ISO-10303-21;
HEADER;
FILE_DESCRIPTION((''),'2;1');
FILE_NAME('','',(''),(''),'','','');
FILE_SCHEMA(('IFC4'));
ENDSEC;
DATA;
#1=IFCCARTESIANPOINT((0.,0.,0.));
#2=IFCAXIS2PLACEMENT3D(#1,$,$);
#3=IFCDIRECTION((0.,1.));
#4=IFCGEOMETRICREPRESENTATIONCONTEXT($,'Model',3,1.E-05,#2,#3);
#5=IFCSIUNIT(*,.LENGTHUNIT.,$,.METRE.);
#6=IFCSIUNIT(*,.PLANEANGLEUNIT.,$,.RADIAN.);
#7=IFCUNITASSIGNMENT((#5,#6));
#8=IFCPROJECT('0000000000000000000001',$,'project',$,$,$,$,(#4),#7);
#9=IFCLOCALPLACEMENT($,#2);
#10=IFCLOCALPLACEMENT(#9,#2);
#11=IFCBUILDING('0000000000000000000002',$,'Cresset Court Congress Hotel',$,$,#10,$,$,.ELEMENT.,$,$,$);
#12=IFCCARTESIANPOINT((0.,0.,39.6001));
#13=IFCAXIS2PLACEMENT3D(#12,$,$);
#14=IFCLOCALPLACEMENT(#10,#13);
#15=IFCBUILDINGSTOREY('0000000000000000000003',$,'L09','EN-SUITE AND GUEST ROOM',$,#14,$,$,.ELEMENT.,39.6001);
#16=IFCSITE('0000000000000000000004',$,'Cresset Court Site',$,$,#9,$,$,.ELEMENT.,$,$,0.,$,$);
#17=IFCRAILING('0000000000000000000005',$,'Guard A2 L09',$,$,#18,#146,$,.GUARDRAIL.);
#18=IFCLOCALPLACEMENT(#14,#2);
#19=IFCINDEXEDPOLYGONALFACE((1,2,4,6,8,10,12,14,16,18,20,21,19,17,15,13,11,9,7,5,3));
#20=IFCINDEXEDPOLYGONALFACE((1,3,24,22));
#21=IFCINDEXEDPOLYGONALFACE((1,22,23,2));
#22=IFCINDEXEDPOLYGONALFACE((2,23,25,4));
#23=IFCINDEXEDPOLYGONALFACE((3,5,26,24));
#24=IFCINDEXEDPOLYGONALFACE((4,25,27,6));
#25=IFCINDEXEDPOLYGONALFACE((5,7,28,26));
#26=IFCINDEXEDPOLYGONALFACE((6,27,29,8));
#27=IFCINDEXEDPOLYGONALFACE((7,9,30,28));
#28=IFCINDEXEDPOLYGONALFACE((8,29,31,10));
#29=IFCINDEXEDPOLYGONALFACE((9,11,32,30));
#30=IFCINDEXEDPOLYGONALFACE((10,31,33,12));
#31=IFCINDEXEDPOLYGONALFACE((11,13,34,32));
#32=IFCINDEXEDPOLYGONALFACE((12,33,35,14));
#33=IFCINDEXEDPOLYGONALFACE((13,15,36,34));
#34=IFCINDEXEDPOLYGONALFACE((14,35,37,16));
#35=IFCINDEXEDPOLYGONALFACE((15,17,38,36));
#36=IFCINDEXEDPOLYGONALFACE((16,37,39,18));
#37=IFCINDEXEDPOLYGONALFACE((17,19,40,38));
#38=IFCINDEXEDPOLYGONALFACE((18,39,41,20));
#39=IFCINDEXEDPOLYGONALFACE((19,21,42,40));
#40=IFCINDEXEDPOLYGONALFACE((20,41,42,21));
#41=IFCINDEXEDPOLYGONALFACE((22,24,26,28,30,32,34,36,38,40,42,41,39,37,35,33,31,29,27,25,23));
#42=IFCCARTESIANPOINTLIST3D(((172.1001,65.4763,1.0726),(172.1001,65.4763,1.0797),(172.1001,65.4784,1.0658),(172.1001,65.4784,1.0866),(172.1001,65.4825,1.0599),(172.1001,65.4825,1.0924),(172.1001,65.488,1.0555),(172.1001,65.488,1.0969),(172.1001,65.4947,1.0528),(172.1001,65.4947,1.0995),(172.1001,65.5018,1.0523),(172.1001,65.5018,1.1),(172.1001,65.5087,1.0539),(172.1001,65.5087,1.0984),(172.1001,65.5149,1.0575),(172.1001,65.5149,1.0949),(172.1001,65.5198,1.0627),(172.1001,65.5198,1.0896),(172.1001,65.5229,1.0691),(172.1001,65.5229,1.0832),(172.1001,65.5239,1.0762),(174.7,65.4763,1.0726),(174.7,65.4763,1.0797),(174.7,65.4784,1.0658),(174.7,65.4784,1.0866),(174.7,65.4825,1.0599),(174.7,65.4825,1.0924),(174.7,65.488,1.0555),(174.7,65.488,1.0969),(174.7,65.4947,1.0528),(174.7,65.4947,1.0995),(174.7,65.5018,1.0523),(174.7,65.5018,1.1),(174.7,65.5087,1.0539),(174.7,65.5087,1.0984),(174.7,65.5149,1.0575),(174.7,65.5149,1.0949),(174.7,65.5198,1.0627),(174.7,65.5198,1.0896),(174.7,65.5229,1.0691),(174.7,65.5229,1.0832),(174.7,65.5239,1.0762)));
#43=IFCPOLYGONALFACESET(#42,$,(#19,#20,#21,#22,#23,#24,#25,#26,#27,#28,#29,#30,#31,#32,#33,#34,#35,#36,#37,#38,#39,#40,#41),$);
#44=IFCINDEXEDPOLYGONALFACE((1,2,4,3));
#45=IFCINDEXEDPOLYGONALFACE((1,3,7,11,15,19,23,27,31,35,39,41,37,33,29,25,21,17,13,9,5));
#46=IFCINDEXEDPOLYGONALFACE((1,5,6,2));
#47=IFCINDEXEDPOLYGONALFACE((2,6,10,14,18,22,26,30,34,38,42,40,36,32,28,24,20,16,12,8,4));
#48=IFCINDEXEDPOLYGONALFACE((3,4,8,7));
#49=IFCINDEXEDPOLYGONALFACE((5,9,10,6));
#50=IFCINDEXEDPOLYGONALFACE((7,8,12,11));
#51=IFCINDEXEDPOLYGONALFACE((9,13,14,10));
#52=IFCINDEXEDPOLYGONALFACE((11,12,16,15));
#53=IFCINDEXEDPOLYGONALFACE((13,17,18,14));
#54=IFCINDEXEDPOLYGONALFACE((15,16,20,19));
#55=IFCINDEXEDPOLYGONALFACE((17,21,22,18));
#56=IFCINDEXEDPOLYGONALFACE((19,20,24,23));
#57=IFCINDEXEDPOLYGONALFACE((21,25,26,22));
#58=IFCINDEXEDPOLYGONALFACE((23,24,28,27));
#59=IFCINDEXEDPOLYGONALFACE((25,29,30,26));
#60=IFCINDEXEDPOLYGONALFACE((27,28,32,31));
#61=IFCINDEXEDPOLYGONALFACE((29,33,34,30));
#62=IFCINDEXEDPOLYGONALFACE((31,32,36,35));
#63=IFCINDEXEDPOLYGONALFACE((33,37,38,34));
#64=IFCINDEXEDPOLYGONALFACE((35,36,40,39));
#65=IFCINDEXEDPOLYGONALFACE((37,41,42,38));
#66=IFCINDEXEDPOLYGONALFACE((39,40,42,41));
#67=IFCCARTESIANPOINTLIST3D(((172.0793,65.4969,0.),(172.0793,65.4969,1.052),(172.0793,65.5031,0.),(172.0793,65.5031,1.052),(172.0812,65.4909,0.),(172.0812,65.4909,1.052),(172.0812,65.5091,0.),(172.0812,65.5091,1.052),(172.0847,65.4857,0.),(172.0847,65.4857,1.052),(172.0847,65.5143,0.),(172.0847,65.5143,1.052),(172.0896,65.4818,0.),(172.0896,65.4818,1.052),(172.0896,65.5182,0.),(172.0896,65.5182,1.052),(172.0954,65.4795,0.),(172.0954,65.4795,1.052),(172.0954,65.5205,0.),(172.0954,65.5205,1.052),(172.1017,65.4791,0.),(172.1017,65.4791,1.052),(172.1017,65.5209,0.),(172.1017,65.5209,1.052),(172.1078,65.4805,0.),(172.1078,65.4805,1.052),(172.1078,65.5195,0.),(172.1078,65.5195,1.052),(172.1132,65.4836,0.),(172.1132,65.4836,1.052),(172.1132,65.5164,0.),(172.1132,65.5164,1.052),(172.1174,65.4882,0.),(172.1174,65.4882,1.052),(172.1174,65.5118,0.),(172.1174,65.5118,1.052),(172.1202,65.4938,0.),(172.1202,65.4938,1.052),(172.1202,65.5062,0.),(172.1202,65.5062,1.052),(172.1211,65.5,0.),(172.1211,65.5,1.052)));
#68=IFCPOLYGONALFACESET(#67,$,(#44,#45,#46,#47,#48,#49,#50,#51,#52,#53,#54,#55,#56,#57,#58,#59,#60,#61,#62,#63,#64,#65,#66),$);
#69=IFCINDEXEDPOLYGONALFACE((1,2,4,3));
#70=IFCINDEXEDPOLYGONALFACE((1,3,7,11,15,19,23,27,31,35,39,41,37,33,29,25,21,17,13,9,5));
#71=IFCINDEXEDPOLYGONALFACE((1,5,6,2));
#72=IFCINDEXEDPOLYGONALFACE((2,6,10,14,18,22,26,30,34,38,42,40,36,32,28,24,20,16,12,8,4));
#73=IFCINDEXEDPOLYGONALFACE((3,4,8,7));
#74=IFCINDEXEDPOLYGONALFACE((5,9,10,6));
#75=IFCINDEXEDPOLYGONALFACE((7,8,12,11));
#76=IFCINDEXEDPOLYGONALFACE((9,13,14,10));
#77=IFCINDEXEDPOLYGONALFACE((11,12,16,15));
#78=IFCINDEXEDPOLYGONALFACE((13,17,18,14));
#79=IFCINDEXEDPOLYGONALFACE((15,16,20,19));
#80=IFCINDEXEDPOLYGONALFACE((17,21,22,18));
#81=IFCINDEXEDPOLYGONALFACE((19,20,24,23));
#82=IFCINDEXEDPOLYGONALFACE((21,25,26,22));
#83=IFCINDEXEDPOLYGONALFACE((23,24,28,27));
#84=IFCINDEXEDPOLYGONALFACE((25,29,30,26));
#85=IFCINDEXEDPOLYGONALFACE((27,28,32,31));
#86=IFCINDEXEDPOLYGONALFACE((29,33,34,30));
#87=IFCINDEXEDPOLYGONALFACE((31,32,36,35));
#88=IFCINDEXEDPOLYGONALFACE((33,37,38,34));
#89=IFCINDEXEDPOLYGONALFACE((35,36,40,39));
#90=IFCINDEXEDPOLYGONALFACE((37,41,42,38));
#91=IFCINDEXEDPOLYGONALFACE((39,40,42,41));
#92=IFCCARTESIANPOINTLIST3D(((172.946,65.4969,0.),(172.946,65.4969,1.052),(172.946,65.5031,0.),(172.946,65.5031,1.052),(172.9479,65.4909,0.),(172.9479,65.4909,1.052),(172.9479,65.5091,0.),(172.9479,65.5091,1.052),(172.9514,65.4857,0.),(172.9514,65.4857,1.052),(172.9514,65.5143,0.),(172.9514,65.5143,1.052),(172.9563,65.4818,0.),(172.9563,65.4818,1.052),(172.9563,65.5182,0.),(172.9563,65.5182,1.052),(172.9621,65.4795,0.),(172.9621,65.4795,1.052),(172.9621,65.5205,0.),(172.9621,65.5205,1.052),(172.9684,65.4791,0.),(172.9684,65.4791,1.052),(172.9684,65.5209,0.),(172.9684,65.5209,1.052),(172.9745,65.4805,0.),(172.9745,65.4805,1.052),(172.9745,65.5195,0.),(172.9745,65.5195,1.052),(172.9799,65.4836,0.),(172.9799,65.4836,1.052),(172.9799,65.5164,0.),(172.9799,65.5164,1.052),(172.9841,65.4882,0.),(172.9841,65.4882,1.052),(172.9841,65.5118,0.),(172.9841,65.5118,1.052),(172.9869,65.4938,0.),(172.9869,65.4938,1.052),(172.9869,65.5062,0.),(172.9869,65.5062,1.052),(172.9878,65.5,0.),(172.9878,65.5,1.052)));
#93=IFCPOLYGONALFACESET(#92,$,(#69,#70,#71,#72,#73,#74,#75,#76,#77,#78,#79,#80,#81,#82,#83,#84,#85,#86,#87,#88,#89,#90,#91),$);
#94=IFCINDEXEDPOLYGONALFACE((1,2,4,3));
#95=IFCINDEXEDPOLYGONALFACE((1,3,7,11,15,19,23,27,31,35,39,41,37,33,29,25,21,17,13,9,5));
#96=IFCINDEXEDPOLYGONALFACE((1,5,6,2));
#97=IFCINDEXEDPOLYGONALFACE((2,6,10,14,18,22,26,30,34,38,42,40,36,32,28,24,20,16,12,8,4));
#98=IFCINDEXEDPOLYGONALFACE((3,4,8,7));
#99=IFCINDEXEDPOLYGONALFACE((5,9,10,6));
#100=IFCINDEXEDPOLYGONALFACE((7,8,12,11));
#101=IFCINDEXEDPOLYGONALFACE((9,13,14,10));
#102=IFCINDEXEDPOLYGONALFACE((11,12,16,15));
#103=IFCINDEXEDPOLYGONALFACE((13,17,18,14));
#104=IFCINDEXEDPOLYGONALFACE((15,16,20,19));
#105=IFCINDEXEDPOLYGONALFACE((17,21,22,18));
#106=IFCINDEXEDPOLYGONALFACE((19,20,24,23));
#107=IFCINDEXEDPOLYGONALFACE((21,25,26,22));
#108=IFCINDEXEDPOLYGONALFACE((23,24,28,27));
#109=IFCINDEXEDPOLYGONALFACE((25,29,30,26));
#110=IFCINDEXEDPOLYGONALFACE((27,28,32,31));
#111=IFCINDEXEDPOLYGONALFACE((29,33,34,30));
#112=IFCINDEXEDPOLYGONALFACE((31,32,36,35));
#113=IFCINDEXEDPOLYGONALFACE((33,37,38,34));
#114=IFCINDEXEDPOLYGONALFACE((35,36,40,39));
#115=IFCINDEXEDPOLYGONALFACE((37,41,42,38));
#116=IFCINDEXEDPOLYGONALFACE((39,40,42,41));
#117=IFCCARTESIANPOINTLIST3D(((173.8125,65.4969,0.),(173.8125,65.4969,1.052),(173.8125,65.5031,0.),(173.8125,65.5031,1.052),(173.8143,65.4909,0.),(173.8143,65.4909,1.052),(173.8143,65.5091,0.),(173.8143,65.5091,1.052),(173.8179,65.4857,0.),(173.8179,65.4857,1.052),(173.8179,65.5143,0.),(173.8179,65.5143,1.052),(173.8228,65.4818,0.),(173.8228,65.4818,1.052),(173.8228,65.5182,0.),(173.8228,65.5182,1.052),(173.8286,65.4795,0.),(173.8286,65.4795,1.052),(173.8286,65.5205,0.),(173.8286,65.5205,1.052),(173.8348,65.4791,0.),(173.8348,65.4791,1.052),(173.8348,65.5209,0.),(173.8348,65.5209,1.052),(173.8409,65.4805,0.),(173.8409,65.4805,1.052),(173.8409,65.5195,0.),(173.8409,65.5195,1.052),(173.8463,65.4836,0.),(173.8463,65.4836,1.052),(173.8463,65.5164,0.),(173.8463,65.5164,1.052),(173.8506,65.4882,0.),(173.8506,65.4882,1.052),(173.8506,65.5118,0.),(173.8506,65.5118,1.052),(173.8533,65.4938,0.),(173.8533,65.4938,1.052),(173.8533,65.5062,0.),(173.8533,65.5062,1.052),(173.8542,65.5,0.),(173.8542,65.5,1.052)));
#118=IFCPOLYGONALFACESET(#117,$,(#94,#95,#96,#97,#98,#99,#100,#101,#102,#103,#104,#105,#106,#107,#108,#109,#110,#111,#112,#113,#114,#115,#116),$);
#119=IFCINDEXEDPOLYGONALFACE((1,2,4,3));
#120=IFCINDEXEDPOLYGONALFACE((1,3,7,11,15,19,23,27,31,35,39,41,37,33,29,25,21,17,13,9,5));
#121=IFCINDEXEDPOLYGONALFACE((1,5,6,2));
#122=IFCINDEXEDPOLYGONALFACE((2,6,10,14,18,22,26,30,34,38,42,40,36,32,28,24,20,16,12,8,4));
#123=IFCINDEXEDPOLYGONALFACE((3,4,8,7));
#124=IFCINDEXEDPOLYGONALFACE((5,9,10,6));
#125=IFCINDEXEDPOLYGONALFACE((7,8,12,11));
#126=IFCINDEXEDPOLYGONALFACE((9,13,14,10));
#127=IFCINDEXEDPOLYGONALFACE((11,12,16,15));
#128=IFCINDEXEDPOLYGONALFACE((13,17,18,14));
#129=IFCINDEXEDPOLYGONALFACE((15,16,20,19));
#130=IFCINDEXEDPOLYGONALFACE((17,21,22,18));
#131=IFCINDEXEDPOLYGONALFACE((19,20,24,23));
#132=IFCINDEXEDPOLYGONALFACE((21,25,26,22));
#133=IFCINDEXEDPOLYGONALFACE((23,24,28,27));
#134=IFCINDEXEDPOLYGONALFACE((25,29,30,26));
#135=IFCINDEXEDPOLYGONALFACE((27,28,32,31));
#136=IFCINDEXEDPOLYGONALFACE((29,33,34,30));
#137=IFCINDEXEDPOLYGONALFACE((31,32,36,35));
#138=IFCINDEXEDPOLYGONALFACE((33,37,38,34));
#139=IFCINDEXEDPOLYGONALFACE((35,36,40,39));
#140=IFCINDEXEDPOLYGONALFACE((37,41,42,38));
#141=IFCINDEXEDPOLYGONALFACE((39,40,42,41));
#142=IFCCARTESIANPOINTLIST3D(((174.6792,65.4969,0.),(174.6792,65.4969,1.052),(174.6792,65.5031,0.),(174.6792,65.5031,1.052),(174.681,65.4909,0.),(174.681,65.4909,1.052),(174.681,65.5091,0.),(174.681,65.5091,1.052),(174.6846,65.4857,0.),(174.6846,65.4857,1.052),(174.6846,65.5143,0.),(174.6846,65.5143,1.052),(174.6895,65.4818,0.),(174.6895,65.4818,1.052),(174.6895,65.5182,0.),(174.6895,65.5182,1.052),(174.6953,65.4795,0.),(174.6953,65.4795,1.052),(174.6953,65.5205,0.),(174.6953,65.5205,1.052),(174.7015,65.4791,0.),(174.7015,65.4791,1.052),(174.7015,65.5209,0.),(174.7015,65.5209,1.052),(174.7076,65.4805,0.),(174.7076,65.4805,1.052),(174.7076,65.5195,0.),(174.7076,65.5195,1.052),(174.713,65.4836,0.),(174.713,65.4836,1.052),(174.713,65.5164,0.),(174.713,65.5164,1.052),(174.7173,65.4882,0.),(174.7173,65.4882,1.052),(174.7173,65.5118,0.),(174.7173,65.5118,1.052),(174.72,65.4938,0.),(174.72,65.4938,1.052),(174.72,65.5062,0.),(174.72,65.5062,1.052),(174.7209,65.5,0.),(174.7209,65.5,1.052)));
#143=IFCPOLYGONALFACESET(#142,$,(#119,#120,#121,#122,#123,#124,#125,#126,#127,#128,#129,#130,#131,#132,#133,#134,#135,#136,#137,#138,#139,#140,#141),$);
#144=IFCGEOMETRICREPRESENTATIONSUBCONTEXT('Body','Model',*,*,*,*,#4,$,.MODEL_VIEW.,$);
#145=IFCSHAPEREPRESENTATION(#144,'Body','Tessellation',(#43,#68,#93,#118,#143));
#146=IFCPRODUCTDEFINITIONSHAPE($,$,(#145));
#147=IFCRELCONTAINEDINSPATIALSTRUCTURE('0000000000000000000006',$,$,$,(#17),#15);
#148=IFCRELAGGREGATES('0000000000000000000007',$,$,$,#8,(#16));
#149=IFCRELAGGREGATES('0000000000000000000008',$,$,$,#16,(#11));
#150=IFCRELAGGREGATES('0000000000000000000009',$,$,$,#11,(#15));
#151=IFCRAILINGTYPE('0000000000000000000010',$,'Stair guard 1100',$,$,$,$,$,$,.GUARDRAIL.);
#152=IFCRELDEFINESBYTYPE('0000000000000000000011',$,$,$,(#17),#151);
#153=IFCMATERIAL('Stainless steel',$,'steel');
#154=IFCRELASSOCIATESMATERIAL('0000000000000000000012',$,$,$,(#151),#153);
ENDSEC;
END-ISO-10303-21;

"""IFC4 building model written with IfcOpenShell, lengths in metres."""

from ifc_helpers import new_model, si_unit, direction, frame, origin, origin_2d, place, context, subcontext, project, spatial, circle, extrude, material, type_object, element, save


model = new_model("IFC4")

# Units and contexts
model_context = context("Model", 3, precision=1e-05, world=origin(), true_north=direction((0.0, 1.0)))
body_context = subcontext(model_context, "Body", "Model", "MODEL_VIEW")
ifc_project = project(units=[si_unit("LENGTHUNIT", "METRE"), si_unit("PLANEANGLEUNIT", "RADIAN")], contexts=[model_context])

# Site, building, storey
site_placement = place(None, origin())
site = spatial("IfcSite", under=ifc_project, at=site_placement, Name="Cresset Court Site", CompositionType="ELEMENT", RefElevation=0.0)
building_placement = place(site_placement, origin())
building = spatial("IfcBuilding", under=site, at=building_placement, Name="Cresset Court Congress Hotel", CompositionType="ELEMENT")
storey_placement = place(building_placement, frame((0.0, 0.0, 39.6001)))
storey = spatial("IfcBuildingStorey", under=building, at=storey_placement, Name="L09", Description="EN-SUITE AND GUEST ROOM", CompositionType="ELEMENT", Elevation=39.6001)

# Railing
ifc_material_1 = material(Name="Stainless steel", Category="steel")
railing_type_1 = type_object("IfcRailingType", Name="Stair guard 1100", PredefinedType="GUARDRAIL", material=ifc_material_1)
for number, where, name in (
    (1, (172.1001, 65.5, 0.0), "Guard A2 L09"),
):
    element("IfcRailing", number, at=place(storey_placement, frame(where)), inside=storey, type_object=railing_type_1, Name=name, PredefinedType="GUARDRAIL", context=body_context, shape_type="SweptSolid", body=[
        extrude(circle(Radius=0.0239, at=origin_2d()), frame((0.0, 0.0, 1.0762), z_axis=(1.0, 0.0, 0.0), x_axis=(0.0, 1.0, 0.0)), (0.0, 0.0, 1.0), 2.5999),
        extrude(circle(Radius=0.021, at=origin_2d()), origin(), (0.0, 0.0, 1.0), 1.052),
        extrude(circle(Radius=0.021, at=origin_2d()), frame((0.8667, 0.0, 0.0)), (0.0, 0.0, 1.0), 1.052),
        extrude(circle(Radius=0.021, at=origin_2d()), frame((1.7332, 0.0, 0.0)), (0.0, 0.0, 1.0), 1.052),
        extrude(circle(Radius=0.021, at=origin_2d()), frame((2.5999, 0.0, 0.0)), (0.0, 0.0, 1.0), 1.052),
    ])

save(model, "model.ifc")
